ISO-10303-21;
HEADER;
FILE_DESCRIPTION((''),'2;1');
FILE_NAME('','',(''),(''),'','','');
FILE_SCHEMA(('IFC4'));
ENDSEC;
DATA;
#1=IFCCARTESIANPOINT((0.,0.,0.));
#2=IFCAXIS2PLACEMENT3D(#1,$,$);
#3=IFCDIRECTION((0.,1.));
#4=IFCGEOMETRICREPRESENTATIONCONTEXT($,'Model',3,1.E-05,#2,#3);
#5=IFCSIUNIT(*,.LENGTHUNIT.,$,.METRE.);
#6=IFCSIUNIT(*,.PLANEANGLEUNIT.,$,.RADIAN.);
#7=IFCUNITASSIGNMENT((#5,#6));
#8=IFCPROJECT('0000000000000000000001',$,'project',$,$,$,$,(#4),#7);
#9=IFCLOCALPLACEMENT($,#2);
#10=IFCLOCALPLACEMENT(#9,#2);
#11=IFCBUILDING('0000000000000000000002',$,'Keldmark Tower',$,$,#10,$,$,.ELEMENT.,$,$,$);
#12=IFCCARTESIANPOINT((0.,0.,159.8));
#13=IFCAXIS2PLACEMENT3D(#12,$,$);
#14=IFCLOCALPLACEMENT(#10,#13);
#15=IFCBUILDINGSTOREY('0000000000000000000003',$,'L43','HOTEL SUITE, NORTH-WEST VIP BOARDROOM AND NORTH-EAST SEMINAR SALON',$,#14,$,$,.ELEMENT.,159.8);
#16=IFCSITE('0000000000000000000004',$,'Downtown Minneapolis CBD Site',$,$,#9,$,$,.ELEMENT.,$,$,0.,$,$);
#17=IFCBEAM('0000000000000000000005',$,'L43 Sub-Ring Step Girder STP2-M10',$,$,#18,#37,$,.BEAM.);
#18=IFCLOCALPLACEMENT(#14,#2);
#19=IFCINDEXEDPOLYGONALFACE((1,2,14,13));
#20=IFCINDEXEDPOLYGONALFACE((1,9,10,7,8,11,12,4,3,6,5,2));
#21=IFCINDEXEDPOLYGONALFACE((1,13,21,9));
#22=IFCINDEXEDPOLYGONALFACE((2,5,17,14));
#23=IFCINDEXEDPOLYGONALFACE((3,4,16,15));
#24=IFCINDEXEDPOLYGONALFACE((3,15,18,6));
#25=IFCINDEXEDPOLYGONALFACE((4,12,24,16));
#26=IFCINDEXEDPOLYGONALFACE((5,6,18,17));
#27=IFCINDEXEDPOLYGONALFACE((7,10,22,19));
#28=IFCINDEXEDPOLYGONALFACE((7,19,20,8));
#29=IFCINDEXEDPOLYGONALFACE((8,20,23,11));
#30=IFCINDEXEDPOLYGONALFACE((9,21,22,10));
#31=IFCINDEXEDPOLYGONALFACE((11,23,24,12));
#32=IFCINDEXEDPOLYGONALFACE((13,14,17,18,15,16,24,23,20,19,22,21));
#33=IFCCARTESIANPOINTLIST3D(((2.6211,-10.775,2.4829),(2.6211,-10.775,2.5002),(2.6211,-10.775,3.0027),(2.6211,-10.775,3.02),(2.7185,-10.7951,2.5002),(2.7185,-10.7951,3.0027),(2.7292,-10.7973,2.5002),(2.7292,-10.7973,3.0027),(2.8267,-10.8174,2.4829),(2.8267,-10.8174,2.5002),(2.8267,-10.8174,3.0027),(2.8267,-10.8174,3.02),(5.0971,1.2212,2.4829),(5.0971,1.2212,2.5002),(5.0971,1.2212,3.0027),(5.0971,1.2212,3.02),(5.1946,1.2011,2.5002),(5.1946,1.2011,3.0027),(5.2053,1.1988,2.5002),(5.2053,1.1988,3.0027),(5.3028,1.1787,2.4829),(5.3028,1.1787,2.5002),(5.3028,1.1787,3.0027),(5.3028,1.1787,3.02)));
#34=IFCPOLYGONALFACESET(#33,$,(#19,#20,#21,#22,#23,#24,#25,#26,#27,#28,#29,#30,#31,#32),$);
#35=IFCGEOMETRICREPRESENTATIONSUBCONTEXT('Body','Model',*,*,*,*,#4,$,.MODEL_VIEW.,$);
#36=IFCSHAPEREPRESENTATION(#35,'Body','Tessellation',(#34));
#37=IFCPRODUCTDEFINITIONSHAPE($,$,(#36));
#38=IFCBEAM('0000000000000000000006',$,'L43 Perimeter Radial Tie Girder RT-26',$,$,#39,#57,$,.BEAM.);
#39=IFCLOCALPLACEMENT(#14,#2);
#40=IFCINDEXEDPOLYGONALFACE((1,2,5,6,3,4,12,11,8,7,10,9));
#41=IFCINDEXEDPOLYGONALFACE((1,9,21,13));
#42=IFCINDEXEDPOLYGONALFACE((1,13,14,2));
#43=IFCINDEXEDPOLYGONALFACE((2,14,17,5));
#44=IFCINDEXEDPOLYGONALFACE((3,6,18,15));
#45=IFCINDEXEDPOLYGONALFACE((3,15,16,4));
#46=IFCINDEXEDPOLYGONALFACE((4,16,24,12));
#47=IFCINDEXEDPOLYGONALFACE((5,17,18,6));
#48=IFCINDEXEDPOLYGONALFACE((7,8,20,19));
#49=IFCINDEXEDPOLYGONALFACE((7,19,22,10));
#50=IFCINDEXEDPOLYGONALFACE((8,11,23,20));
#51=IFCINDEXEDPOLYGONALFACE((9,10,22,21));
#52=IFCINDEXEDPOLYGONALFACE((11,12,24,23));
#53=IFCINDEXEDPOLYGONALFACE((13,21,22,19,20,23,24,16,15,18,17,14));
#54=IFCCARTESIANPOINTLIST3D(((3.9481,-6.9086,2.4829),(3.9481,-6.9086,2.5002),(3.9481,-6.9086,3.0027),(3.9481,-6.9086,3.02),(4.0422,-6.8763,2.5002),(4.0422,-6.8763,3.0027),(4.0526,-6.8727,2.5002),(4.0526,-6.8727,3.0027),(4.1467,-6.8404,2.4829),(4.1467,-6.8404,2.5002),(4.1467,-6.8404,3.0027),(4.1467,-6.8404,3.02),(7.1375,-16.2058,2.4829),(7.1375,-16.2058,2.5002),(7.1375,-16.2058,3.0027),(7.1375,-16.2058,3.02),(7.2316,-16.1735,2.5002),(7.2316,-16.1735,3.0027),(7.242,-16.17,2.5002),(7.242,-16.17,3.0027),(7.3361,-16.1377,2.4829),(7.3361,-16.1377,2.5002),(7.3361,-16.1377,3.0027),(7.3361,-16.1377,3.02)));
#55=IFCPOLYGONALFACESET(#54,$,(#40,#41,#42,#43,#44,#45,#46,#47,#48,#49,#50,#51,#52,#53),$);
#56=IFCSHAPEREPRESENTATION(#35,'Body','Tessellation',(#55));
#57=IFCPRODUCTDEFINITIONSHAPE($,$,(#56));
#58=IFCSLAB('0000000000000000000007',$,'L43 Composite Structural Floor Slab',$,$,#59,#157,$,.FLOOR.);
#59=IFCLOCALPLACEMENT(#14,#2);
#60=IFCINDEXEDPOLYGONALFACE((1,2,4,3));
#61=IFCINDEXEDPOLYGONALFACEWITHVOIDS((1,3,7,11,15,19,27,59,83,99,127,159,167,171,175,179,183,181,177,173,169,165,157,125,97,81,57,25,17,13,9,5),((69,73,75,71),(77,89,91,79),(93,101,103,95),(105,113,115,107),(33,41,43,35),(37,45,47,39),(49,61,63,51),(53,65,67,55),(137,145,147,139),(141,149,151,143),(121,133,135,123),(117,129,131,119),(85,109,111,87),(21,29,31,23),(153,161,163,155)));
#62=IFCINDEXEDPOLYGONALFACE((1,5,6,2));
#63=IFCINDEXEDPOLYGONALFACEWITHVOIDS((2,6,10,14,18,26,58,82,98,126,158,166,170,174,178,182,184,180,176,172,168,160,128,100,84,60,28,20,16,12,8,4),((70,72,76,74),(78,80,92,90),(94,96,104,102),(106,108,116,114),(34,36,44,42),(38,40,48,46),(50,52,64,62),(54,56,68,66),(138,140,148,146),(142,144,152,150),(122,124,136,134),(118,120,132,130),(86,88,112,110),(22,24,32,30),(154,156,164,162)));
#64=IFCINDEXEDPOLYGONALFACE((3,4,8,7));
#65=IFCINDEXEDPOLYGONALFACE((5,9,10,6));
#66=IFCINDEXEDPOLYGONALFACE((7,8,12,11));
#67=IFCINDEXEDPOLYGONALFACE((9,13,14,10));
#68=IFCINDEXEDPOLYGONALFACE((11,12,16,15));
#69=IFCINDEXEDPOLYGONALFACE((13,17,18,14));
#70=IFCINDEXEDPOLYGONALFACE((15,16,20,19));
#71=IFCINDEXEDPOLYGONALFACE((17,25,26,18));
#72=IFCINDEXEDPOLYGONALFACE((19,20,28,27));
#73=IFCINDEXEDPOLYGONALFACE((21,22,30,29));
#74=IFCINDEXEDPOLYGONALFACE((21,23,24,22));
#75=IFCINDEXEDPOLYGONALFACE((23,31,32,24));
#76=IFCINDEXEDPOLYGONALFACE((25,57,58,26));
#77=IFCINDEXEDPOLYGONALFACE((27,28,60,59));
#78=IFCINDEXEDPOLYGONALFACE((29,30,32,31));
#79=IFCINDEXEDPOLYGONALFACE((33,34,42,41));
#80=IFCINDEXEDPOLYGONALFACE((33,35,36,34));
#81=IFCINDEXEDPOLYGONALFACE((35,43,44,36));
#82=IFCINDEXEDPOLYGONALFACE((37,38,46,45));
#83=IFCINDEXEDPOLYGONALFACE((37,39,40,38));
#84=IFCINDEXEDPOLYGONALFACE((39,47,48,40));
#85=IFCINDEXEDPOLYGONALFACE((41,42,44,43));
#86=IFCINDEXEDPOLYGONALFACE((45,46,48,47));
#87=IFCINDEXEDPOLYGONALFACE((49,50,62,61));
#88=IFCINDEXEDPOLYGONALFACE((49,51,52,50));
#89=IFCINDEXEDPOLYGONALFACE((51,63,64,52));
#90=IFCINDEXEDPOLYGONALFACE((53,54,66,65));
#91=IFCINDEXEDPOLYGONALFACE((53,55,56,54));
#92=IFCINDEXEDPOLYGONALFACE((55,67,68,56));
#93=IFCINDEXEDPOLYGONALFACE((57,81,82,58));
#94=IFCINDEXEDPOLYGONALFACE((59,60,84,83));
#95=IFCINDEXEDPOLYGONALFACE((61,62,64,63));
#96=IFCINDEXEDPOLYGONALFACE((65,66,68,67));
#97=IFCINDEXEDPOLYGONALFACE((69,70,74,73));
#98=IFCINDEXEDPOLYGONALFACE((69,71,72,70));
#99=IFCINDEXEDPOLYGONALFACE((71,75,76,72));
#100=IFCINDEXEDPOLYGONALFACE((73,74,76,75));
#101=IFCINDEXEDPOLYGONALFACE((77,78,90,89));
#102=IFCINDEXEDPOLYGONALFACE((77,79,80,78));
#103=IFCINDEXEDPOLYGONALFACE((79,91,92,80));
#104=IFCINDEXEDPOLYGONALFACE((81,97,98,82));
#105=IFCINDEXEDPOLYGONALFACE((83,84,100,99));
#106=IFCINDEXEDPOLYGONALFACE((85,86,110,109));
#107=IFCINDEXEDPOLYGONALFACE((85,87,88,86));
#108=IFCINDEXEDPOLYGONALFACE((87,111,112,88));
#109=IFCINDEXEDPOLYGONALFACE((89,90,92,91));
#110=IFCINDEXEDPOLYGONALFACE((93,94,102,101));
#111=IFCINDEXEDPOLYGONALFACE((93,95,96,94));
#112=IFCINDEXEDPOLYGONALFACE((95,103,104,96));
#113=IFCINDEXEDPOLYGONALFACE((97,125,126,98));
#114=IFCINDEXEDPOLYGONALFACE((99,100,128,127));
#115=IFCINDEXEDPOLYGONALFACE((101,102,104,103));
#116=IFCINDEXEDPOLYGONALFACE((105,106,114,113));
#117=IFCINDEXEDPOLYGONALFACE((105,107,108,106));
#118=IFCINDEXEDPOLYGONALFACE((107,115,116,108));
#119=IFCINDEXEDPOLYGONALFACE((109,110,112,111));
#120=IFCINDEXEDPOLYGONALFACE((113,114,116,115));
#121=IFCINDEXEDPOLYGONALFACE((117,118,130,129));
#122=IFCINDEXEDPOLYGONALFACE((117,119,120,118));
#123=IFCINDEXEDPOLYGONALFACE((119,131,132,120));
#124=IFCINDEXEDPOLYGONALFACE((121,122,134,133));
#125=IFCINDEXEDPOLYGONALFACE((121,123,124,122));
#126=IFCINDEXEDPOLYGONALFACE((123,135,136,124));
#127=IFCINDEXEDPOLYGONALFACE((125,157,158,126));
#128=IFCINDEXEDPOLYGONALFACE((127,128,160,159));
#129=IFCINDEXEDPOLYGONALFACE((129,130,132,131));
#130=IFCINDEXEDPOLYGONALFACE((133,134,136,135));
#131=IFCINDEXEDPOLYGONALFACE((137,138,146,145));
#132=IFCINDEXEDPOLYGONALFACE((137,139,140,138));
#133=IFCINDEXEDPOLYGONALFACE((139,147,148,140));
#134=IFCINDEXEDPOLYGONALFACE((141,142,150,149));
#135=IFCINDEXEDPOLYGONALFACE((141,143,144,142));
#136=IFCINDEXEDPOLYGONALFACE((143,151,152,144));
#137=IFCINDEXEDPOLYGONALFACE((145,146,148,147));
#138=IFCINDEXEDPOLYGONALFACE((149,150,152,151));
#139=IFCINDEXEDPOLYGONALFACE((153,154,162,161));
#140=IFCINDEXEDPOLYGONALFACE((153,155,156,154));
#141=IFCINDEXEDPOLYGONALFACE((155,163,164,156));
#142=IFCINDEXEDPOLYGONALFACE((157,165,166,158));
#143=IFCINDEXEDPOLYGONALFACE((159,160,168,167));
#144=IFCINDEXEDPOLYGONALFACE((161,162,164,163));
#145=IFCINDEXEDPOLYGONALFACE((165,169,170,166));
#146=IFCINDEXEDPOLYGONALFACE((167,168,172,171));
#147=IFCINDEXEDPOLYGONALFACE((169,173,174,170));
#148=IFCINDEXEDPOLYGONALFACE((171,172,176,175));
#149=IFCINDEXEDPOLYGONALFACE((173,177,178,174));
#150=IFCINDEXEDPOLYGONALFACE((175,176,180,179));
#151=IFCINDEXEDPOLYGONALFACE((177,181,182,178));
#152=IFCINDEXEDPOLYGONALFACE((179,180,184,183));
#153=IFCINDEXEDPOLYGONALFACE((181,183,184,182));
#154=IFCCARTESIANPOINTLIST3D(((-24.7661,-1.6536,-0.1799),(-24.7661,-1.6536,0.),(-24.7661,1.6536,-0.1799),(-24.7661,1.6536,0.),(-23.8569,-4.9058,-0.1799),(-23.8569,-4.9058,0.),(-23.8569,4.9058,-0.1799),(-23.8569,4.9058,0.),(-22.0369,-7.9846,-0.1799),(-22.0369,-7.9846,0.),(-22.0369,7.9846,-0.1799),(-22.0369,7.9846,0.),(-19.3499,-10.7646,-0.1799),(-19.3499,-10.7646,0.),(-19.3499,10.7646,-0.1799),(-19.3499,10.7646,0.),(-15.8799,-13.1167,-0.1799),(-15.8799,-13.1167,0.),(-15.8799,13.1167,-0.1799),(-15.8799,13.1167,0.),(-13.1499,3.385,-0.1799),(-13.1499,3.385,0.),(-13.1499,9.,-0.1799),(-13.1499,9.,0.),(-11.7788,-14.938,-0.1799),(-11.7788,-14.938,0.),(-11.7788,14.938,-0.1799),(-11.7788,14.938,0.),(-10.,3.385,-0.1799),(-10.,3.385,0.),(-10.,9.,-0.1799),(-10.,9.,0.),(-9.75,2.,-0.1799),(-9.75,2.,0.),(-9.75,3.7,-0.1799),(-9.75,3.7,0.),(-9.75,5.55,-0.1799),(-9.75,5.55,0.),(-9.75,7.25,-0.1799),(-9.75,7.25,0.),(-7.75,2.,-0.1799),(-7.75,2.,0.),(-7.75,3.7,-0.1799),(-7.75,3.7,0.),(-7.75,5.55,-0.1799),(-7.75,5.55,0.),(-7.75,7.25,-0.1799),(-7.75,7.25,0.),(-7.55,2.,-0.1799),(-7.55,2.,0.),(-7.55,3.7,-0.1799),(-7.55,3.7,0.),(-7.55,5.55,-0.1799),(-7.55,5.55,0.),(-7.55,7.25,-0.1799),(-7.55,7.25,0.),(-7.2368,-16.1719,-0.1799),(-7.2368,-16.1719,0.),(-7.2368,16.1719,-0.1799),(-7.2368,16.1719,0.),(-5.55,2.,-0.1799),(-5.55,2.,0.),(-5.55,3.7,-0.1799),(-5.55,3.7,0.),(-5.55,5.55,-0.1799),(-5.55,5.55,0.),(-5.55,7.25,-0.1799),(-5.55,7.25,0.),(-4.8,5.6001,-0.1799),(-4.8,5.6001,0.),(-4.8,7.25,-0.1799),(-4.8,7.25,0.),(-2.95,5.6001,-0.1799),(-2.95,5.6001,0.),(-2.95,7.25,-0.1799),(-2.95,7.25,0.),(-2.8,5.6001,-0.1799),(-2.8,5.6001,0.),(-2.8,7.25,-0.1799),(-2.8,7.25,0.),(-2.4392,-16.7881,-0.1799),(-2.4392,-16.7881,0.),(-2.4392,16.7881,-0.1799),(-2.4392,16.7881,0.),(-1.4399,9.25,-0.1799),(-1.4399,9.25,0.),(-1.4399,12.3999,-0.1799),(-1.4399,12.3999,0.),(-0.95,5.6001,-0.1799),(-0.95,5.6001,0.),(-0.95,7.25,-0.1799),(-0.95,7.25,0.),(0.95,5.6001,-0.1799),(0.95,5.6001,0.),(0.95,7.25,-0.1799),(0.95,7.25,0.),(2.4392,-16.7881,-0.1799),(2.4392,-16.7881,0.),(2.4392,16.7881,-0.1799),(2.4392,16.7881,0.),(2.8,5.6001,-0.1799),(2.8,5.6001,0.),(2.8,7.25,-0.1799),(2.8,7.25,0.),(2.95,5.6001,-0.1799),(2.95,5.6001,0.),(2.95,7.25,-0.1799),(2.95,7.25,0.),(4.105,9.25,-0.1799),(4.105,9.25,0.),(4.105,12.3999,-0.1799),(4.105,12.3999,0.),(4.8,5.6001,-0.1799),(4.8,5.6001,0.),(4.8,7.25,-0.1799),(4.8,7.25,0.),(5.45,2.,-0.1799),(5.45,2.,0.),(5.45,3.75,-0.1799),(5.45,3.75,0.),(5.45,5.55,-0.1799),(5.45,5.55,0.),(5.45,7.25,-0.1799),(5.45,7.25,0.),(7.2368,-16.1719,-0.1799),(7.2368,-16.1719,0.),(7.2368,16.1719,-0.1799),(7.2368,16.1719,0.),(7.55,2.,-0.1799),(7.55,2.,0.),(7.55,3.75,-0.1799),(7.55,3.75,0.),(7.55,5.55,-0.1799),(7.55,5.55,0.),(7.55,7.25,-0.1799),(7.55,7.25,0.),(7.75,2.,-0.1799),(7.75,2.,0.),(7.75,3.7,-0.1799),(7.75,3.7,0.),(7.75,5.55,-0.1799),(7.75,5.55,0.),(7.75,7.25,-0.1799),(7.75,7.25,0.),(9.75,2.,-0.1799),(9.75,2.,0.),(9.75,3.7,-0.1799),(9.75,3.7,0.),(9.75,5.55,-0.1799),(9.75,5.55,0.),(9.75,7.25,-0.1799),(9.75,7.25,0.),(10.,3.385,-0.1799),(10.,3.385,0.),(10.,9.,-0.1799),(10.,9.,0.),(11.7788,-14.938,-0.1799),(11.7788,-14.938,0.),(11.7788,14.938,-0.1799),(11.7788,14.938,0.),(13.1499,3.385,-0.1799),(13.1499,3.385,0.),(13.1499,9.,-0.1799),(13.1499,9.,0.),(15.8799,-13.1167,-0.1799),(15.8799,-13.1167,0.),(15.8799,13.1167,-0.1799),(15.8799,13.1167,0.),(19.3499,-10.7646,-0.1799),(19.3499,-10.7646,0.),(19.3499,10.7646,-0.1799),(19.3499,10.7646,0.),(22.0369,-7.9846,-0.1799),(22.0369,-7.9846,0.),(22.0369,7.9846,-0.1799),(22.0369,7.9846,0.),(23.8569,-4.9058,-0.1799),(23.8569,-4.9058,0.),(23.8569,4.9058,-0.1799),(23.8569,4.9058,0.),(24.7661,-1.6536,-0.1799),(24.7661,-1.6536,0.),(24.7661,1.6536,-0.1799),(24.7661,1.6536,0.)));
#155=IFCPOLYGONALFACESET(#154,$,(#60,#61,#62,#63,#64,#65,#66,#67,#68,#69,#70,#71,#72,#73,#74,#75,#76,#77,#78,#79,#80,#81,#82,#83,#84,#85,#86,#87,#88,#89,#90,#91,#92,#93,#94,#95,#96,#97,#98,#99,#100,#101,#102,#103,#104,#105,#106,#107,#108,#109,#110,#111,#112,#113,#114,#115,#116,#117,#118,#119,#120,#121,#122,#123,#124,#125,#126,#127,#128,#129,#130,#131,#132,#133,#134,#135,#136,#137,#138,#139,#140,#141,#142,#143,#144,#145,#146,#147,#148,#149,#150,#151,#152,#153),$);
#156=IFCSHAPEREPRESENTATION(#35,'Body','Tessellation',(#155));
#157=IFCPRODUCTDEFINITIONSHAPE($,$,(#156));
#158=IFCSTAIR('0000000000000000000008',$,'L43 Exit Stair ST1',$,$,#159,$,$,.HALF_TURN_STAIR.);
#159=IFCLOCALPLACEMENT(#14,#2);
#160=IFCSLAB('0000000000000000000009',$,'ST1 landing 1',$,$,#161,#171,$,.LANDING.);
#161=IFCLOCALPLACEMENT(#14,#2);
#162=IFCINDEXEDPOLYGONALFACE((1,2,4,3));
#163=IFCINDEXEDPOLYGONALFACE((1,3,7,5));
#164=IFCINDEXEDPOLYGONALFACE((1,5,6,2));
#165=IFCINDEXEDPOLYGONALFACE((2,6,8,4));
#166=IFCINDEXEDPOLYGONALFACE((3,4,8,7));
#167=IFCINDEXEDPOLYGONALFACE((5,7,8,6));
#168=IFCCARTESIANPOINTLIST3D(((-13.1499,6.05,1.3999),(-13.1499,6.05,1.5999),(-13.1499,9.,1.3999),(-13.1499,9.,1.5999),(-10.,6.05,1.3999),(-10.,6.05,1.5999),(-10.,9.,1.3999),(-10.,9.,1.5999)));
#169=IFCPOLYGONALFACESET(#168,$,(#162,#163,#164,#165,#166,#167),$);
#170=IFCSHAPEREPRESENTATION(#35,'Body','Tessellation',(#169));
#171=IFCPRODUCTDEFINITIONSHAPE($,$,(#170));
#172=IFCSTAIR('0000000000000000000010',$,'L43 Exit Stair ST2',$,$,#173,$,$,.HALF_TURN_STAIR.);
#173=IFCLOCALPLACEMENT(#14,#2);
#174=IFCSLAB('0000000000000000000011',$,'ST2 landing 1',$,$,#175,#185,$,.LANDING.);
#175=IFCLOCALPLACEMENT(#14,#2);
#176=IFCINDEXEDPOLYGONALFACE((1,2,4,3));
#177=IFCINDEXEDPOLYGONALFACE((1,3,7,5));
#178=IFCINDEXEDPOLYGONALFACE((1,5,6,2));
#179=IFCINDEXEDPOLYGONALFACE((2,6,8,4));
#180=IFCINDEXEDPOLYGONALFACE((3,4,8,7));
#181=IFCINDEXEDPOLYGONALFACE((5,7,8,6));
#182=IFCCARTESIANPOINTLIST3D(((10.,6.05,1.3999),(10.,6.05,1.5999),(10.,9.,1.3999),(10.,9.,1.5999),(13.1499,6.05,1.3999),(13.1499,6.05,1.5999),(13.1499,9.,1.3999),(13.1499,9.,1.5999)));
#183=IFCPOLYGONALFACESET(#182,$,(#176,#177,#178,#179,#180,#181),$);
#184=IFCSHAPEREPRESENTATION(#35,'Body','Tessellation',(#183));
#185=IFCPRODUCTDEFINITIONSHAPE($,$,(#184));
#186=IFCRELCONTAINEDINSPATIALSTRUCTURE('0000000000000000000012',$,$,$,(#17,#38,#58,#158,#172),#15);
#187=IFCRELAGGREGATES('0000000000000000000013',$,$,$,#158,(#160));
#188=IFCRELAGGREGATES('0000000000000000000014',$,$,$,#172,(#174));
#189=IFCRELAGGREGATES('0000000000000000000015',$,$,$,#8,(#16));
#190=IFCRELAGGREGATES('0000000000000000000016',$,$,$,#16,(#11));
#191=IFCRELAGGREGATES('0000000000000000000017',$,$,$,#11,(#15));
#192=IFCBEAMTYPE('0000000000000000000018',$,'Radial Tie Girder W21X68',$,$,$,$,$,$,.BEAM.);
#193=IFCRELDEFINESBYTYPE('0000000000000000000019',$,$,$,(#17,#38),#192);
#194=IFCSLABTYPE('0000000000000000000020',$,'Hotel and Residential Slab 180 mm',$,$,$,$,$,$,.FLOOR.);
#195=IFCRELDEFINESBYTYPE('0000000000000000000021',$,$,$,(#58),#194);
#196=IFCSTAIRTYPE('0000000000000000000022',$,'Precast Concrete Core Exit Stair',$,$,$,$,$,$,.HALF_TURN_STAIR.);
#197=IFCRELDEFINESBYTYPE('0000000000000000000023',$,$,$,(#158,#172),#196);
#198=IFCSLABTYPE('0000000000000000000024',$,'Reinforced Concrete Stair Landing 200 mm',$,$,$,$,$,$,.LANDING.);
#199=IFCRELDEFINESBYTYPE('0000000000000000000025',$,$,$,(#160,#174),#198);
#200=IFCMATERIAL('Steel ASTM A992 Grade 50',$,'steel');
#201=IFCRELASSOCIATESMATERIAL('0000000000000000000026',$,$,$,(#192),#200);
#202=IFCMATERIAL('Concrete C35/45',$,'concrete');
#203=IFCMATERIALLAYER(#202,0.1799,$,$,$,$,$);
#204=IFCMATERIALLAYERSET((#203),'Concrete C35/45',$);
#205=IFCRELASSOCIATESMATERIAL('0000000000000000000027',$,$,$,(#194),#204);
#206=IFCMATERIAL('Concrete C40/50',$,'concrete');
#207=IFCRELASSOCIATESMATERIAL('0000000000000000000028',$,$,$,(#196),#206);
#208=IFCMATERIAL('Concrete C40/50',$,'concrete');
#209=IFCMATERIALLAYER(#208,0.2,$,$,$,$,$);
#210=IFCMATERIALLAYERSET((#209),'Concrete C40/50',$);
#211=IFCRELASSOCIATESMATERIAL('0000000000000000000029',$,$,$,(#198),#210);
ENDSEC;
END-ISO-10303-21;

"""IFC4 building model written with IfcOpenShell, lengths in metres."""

from ifc_helpers import new_model, si_unit, direction, frame, origin, origin_2d, place, context, subcontext, project, spatial, polyline, i_section, outline, extrude, material, layer, layer_set, material_profile, profile_set, type_object, element, aggregate, save


model = new_model("IFC4")

# Units and contexts
model_context = context("Model", 3, precision=1e-05, world=origin(), true_north=direction((0.0, 1.0)))
body_context = subcontext(model_context, "Body", "Model", "MODEL_VIEW")
ifc_project = project(units=[si_unit("LENGTHUNIT", "METRE"), si_unit("PLANEANGLEUNIT", "RADIAN")], contexts=[model_context])

# Site, building, storey
site_placement = place(None, origin())
site = spatial("IfcSite", under=ifc_project, at=site_placement, Name="Downtown Minneapolis CBD Site", CompositionType="ELEMENT", RefElevation=0.0)
building_placement = place(site_placement, origin())
building = spatial("IfcBuilding", under=site, at=building_placement, Name="Keldmark Tower", CompositionType="ELEMENT")
storey_placement = place(building_placement, frame((0.0, 0.0, 159.8)))
storey = spatial("IfcBuildingStorey", under=building, at=storey_placement, Name="L43", Description="HOTEL SUITE, NORTH-WEST VIP BOARDROOM AND NORTH-EAST SEMINAR SALON", CompositionType="ELEMENT", Elevation=159.8)

# Beams
ifc_material_1 = material(Name="Steel ASTM A992 Grade 50", Category="steel")
ifc_material_profile = material_profile(ifc_material_1, i_section(OverallWidth=0.21, OverallDepth=0.5371, WebThickness=0.011, FlangeThickness=0.0173, at=origin_2d()), Name="W21X68")
ifc_profile_set = profile_set([ifc_material_profile], Name="Steel ASTM A992 Grade 50")
beam_type = type_object("IfcBeamType", Name="Radial Tie Girder W21X68", PredefinedType="BEAM", material=ifc_profile_set)
beam_1_placement = place(storey_placement, frame((5.2, 1.2, 2.7515), z_axis=(-0.202146, -0.979355, 0.0), x_axis=(0.979355, -0.202146, 0.0)))
element("IfcBeam", 1, at=beam_1_placement, inside=storey, type_object=beam_type, Name="L43 Sub-Ring Step Girder STP2-M10", PredefinedType="BEAM", context=body_context, shape_type="SweptSolid", body=[
    extrude(i_section(OverallWidth=0.21, OverallDepth=0.5371, WebThickness=0.011, FlangeThickness=0.0173, at=origin_2d()), origin(), (0.0, 0.0, 1.0), 12.249),
])
beam_2_placement = place(storey_placement, frame((4.0474, -6.8745, 2.7515), z_axis=(0.324487, -0.94589, 0.0), x_axis=(0.94589, 0.324487, 0.0)))
element("IfcBeam", 2, at=beam_2_placement, inside=storey, type_object=beam_type, Name="L43 Perimeter Radial Tie Girder RT-26", PredefinedType="BEAM", context=body_context, shape_type="SweptSolid", body=[
    extrude(i_section(OverallWidth=0.21, OverallDepth=0.5371, WebThickness=0.011, FlangeThickness=0.0173, at=origin_2d()), origin(), (0.0, 0.0, 1.0), 9.8291),
])

# Slab
ifc_material_2 = material(Name="Concrete C35/45", Category="concrete")
ifc_layer_1 = layer(ifc_material_2, 0.1799)
ifc_layer_set_1 = layer_set([ifc_layer_1], Name="Concrete C35/45")
slab_type_1 = type_object("IfcSlabType", Name="Hotel and Residential Slab 180 mm", PredefinedType="FLOOR", material=ifc_layer_set_1)
slab_1_placement = place(storey_placement, frame((0.0, 0.0, -0.1799)))
element("IfcSlab", 3, at=slab_1_placement, inside=storey, type_object=slab_type_1, Name="L43 Composite Structural Floor Slab", PredefinedType="FLOOR", context=body_context, shape_type="SweptSolid", body=[
    extrude(outline(polyline([(24.7661, 1.6536), (23.8569, 4.9058), (22.0369, 7.9846), (19.3499, 10.7646), (15.8799, 13.1167), (11.7788, 14.938), (7.2368, 16.1719), (2.4392, 16.7881), (-2.4392, 16.7881), (-7.2368, 16.1719), (-11.7788, 14.938), (-15.8799, 13.1167), (-19.3499, 10.7646), (-22.0369, 7.9846), (-23.8569, 4.9058), (-24.7661, 1.6536), (-24.7661, -1.6536), (-23.8569, -4.9058), (-22.0369, -7.9846), (-19.3499, -10.7646), (-15.8799, -13.1167), (-11.7788, -14.938), (-7.2368, -16.1719), (-2.4392, -16.7881), (2.4392, -16.7881), (7.2368, -16.1719), (11.7788, -14.938), (15.8799, -13.1167), (19.3499, -10.7646), (22.0369, -7.9846), (23.8569, -4.9058), (24.7661, -1.6536), (24.7661, 1.6536)]), holes=[polyline([(-10.0, 3.385), (-10.0, 9.0), (-13.1499, 9.0), (-13.1499, 3.385), (-10.0, 3.385)]), polyline([(13.1499, 3.385), (13.1499, 9.0), (10.0, 9.0), (10.0, 3.385), (13.1499, 3.385)]), polyline([(-1.4399, 9.25), (4.105, 9.25), (4.105, 12.3999), (-1.4399, 12.3999), (-1.4399, 9.25)]), polyline([(-9.75, 2.0), (-7.75, 2.0), (-7.75, 3.7), (-9.75, 3.7), (-9.75, 2.0)]), polyline([(7.75, 2.0), (9.75, 2.0), (9.75, 3.7), (7.75, 3.7), (7.75, 2.0)]), polyline([(5.45, 2.0), (7.55, 2.0), (7.55, 3.75), (5.45, 3.75), (5.45, 2.0)]), polyline([(-4.8, 5.6001), (-2.95, 5.6001), (-2.95, 7.25), (-4.8, 7.25), (-4.8, 5.6001)]), polyline([(-2.8, 5.6001), (-0.95, 5.6001), (-0.95, 7.25), (-2.8, 7.25), (-2.8, 5.6001)]), polyline([(0.95, 5.6001), (2.8, 5.6001), (2.8, 7.25), (0.95, 7.25), (0.95, 5.6001)]), polyline([(2.95, 5.6001), (4.8, 5.6001), (4.8, 7.25), (2.95, 7.25), (2.95, 5.6001)]), polyline([(-9.75, 5.55), (-7.75, 5.55), (-7.75, 7.25), (-9.75, 7.25), (-9.75, 5.55)]), polyline([(-7.55, 5.55), (-5.55, 5.55), (-5.55, 7.25), (-7.55, 7.25), (-7.55, 5.55)]), polyline([(-7.55, 2.0), (-5.55, 2.0), (-5.55, 3.7), (-7.55, 3.7), (-7.55, 2.0)]), polyline([(5.45, 5.55), (7.55, 5.55), (7.55, 7.25), (5.45, 7.25), (5.45, 5.55)]), polyline([(7.75, 5.55), (9.75, 5.55), (9.75, 7.25), (7.75, 7.25), (7.75, 5.55)])]), origin(), (0.0, 0.0, 1.0), 0.1799),
])

# Stairs, slabs
ifc_material_3 = material(Name="Concrete C40/50", Category="concrete")
stair_type = type_object("IfcStairType", Name="Precast Concrete Core Exit Stair", PredefinedType="HALF_TURN_STAIR", material=ifc_material_3)
stair_1_placement = place(storey_placement, origin())
stair_1 = element("IfcStair", 4, at=stair_1_placement, inside=storey, type_object=stair_type, Name="L43 Exit Stair ST1", PredefinedType="HALF_TURN_STAIR")
ifc_material_4 = material(Name="Concrete C40/50", Category="concrete")
ifc_layer_2 = layer(ifc_material_4, 0.2)
ifc_layer_set_2 = layer_set([ifc_layer_2], Name="Concrete C40/50")
slab_type_2 = type_object("IfcSlabType", Name="Reinforced Concrete Stair Landing 200 mm", PredefinedType="LANDING", material=ifc_layer_set_2)
slab_2_placement = place(storey_placement, frame((0.0, 0.0, 1.3999)))
slab_2 = element("IfcSlab", 5, at=slab_2_placement, type_object=slab_type_2, Name="ST1 landing 1", PredefinedType="LANDING", context=body_context, shape_type="SweptSolid", body=[
    extrude(outline(polyline([(-10.0, 6.05), (-10.0, 9.0), (-13.1499, 9.0), (-13.1499, 6.05), (-10.0, 6.05)])), origin(), (0.0, 0.0, 1.0), 0.2),
])
aggregate(stair_1, [slab_2])
stair_2_placement = place(storey_placement, origin())
stair_2 = element("IfcStair", 6, at=stair_2_placement, inside=storey, type_object=stair_type, Name="L43 Exit Stair ST2", PredefinedType="HALF_TURN_STAIR")
slab_3_placement = place(storey_placement, frame((0.0, 0.0, 1.3999)))
slab_3 = element("IfcSlab", 7, at=slab_3_placement, type_object=slab_type_2, Name="ST2 landing 1", PredefinedType="LANDING", context=body_context, shape_type="SweptSolid", body=[
    extrude(outline(polyline([(13.1499, 6.05), (13.1499, 9.0), (10.0, 9.0), (10.0, 6.05), (13.1499, 6.05)])), origin(), (0.0, 0.0, 1.0), 0.2),
])
aggregate(stair_2, [slab_3])

save(model, "model.ifc")
